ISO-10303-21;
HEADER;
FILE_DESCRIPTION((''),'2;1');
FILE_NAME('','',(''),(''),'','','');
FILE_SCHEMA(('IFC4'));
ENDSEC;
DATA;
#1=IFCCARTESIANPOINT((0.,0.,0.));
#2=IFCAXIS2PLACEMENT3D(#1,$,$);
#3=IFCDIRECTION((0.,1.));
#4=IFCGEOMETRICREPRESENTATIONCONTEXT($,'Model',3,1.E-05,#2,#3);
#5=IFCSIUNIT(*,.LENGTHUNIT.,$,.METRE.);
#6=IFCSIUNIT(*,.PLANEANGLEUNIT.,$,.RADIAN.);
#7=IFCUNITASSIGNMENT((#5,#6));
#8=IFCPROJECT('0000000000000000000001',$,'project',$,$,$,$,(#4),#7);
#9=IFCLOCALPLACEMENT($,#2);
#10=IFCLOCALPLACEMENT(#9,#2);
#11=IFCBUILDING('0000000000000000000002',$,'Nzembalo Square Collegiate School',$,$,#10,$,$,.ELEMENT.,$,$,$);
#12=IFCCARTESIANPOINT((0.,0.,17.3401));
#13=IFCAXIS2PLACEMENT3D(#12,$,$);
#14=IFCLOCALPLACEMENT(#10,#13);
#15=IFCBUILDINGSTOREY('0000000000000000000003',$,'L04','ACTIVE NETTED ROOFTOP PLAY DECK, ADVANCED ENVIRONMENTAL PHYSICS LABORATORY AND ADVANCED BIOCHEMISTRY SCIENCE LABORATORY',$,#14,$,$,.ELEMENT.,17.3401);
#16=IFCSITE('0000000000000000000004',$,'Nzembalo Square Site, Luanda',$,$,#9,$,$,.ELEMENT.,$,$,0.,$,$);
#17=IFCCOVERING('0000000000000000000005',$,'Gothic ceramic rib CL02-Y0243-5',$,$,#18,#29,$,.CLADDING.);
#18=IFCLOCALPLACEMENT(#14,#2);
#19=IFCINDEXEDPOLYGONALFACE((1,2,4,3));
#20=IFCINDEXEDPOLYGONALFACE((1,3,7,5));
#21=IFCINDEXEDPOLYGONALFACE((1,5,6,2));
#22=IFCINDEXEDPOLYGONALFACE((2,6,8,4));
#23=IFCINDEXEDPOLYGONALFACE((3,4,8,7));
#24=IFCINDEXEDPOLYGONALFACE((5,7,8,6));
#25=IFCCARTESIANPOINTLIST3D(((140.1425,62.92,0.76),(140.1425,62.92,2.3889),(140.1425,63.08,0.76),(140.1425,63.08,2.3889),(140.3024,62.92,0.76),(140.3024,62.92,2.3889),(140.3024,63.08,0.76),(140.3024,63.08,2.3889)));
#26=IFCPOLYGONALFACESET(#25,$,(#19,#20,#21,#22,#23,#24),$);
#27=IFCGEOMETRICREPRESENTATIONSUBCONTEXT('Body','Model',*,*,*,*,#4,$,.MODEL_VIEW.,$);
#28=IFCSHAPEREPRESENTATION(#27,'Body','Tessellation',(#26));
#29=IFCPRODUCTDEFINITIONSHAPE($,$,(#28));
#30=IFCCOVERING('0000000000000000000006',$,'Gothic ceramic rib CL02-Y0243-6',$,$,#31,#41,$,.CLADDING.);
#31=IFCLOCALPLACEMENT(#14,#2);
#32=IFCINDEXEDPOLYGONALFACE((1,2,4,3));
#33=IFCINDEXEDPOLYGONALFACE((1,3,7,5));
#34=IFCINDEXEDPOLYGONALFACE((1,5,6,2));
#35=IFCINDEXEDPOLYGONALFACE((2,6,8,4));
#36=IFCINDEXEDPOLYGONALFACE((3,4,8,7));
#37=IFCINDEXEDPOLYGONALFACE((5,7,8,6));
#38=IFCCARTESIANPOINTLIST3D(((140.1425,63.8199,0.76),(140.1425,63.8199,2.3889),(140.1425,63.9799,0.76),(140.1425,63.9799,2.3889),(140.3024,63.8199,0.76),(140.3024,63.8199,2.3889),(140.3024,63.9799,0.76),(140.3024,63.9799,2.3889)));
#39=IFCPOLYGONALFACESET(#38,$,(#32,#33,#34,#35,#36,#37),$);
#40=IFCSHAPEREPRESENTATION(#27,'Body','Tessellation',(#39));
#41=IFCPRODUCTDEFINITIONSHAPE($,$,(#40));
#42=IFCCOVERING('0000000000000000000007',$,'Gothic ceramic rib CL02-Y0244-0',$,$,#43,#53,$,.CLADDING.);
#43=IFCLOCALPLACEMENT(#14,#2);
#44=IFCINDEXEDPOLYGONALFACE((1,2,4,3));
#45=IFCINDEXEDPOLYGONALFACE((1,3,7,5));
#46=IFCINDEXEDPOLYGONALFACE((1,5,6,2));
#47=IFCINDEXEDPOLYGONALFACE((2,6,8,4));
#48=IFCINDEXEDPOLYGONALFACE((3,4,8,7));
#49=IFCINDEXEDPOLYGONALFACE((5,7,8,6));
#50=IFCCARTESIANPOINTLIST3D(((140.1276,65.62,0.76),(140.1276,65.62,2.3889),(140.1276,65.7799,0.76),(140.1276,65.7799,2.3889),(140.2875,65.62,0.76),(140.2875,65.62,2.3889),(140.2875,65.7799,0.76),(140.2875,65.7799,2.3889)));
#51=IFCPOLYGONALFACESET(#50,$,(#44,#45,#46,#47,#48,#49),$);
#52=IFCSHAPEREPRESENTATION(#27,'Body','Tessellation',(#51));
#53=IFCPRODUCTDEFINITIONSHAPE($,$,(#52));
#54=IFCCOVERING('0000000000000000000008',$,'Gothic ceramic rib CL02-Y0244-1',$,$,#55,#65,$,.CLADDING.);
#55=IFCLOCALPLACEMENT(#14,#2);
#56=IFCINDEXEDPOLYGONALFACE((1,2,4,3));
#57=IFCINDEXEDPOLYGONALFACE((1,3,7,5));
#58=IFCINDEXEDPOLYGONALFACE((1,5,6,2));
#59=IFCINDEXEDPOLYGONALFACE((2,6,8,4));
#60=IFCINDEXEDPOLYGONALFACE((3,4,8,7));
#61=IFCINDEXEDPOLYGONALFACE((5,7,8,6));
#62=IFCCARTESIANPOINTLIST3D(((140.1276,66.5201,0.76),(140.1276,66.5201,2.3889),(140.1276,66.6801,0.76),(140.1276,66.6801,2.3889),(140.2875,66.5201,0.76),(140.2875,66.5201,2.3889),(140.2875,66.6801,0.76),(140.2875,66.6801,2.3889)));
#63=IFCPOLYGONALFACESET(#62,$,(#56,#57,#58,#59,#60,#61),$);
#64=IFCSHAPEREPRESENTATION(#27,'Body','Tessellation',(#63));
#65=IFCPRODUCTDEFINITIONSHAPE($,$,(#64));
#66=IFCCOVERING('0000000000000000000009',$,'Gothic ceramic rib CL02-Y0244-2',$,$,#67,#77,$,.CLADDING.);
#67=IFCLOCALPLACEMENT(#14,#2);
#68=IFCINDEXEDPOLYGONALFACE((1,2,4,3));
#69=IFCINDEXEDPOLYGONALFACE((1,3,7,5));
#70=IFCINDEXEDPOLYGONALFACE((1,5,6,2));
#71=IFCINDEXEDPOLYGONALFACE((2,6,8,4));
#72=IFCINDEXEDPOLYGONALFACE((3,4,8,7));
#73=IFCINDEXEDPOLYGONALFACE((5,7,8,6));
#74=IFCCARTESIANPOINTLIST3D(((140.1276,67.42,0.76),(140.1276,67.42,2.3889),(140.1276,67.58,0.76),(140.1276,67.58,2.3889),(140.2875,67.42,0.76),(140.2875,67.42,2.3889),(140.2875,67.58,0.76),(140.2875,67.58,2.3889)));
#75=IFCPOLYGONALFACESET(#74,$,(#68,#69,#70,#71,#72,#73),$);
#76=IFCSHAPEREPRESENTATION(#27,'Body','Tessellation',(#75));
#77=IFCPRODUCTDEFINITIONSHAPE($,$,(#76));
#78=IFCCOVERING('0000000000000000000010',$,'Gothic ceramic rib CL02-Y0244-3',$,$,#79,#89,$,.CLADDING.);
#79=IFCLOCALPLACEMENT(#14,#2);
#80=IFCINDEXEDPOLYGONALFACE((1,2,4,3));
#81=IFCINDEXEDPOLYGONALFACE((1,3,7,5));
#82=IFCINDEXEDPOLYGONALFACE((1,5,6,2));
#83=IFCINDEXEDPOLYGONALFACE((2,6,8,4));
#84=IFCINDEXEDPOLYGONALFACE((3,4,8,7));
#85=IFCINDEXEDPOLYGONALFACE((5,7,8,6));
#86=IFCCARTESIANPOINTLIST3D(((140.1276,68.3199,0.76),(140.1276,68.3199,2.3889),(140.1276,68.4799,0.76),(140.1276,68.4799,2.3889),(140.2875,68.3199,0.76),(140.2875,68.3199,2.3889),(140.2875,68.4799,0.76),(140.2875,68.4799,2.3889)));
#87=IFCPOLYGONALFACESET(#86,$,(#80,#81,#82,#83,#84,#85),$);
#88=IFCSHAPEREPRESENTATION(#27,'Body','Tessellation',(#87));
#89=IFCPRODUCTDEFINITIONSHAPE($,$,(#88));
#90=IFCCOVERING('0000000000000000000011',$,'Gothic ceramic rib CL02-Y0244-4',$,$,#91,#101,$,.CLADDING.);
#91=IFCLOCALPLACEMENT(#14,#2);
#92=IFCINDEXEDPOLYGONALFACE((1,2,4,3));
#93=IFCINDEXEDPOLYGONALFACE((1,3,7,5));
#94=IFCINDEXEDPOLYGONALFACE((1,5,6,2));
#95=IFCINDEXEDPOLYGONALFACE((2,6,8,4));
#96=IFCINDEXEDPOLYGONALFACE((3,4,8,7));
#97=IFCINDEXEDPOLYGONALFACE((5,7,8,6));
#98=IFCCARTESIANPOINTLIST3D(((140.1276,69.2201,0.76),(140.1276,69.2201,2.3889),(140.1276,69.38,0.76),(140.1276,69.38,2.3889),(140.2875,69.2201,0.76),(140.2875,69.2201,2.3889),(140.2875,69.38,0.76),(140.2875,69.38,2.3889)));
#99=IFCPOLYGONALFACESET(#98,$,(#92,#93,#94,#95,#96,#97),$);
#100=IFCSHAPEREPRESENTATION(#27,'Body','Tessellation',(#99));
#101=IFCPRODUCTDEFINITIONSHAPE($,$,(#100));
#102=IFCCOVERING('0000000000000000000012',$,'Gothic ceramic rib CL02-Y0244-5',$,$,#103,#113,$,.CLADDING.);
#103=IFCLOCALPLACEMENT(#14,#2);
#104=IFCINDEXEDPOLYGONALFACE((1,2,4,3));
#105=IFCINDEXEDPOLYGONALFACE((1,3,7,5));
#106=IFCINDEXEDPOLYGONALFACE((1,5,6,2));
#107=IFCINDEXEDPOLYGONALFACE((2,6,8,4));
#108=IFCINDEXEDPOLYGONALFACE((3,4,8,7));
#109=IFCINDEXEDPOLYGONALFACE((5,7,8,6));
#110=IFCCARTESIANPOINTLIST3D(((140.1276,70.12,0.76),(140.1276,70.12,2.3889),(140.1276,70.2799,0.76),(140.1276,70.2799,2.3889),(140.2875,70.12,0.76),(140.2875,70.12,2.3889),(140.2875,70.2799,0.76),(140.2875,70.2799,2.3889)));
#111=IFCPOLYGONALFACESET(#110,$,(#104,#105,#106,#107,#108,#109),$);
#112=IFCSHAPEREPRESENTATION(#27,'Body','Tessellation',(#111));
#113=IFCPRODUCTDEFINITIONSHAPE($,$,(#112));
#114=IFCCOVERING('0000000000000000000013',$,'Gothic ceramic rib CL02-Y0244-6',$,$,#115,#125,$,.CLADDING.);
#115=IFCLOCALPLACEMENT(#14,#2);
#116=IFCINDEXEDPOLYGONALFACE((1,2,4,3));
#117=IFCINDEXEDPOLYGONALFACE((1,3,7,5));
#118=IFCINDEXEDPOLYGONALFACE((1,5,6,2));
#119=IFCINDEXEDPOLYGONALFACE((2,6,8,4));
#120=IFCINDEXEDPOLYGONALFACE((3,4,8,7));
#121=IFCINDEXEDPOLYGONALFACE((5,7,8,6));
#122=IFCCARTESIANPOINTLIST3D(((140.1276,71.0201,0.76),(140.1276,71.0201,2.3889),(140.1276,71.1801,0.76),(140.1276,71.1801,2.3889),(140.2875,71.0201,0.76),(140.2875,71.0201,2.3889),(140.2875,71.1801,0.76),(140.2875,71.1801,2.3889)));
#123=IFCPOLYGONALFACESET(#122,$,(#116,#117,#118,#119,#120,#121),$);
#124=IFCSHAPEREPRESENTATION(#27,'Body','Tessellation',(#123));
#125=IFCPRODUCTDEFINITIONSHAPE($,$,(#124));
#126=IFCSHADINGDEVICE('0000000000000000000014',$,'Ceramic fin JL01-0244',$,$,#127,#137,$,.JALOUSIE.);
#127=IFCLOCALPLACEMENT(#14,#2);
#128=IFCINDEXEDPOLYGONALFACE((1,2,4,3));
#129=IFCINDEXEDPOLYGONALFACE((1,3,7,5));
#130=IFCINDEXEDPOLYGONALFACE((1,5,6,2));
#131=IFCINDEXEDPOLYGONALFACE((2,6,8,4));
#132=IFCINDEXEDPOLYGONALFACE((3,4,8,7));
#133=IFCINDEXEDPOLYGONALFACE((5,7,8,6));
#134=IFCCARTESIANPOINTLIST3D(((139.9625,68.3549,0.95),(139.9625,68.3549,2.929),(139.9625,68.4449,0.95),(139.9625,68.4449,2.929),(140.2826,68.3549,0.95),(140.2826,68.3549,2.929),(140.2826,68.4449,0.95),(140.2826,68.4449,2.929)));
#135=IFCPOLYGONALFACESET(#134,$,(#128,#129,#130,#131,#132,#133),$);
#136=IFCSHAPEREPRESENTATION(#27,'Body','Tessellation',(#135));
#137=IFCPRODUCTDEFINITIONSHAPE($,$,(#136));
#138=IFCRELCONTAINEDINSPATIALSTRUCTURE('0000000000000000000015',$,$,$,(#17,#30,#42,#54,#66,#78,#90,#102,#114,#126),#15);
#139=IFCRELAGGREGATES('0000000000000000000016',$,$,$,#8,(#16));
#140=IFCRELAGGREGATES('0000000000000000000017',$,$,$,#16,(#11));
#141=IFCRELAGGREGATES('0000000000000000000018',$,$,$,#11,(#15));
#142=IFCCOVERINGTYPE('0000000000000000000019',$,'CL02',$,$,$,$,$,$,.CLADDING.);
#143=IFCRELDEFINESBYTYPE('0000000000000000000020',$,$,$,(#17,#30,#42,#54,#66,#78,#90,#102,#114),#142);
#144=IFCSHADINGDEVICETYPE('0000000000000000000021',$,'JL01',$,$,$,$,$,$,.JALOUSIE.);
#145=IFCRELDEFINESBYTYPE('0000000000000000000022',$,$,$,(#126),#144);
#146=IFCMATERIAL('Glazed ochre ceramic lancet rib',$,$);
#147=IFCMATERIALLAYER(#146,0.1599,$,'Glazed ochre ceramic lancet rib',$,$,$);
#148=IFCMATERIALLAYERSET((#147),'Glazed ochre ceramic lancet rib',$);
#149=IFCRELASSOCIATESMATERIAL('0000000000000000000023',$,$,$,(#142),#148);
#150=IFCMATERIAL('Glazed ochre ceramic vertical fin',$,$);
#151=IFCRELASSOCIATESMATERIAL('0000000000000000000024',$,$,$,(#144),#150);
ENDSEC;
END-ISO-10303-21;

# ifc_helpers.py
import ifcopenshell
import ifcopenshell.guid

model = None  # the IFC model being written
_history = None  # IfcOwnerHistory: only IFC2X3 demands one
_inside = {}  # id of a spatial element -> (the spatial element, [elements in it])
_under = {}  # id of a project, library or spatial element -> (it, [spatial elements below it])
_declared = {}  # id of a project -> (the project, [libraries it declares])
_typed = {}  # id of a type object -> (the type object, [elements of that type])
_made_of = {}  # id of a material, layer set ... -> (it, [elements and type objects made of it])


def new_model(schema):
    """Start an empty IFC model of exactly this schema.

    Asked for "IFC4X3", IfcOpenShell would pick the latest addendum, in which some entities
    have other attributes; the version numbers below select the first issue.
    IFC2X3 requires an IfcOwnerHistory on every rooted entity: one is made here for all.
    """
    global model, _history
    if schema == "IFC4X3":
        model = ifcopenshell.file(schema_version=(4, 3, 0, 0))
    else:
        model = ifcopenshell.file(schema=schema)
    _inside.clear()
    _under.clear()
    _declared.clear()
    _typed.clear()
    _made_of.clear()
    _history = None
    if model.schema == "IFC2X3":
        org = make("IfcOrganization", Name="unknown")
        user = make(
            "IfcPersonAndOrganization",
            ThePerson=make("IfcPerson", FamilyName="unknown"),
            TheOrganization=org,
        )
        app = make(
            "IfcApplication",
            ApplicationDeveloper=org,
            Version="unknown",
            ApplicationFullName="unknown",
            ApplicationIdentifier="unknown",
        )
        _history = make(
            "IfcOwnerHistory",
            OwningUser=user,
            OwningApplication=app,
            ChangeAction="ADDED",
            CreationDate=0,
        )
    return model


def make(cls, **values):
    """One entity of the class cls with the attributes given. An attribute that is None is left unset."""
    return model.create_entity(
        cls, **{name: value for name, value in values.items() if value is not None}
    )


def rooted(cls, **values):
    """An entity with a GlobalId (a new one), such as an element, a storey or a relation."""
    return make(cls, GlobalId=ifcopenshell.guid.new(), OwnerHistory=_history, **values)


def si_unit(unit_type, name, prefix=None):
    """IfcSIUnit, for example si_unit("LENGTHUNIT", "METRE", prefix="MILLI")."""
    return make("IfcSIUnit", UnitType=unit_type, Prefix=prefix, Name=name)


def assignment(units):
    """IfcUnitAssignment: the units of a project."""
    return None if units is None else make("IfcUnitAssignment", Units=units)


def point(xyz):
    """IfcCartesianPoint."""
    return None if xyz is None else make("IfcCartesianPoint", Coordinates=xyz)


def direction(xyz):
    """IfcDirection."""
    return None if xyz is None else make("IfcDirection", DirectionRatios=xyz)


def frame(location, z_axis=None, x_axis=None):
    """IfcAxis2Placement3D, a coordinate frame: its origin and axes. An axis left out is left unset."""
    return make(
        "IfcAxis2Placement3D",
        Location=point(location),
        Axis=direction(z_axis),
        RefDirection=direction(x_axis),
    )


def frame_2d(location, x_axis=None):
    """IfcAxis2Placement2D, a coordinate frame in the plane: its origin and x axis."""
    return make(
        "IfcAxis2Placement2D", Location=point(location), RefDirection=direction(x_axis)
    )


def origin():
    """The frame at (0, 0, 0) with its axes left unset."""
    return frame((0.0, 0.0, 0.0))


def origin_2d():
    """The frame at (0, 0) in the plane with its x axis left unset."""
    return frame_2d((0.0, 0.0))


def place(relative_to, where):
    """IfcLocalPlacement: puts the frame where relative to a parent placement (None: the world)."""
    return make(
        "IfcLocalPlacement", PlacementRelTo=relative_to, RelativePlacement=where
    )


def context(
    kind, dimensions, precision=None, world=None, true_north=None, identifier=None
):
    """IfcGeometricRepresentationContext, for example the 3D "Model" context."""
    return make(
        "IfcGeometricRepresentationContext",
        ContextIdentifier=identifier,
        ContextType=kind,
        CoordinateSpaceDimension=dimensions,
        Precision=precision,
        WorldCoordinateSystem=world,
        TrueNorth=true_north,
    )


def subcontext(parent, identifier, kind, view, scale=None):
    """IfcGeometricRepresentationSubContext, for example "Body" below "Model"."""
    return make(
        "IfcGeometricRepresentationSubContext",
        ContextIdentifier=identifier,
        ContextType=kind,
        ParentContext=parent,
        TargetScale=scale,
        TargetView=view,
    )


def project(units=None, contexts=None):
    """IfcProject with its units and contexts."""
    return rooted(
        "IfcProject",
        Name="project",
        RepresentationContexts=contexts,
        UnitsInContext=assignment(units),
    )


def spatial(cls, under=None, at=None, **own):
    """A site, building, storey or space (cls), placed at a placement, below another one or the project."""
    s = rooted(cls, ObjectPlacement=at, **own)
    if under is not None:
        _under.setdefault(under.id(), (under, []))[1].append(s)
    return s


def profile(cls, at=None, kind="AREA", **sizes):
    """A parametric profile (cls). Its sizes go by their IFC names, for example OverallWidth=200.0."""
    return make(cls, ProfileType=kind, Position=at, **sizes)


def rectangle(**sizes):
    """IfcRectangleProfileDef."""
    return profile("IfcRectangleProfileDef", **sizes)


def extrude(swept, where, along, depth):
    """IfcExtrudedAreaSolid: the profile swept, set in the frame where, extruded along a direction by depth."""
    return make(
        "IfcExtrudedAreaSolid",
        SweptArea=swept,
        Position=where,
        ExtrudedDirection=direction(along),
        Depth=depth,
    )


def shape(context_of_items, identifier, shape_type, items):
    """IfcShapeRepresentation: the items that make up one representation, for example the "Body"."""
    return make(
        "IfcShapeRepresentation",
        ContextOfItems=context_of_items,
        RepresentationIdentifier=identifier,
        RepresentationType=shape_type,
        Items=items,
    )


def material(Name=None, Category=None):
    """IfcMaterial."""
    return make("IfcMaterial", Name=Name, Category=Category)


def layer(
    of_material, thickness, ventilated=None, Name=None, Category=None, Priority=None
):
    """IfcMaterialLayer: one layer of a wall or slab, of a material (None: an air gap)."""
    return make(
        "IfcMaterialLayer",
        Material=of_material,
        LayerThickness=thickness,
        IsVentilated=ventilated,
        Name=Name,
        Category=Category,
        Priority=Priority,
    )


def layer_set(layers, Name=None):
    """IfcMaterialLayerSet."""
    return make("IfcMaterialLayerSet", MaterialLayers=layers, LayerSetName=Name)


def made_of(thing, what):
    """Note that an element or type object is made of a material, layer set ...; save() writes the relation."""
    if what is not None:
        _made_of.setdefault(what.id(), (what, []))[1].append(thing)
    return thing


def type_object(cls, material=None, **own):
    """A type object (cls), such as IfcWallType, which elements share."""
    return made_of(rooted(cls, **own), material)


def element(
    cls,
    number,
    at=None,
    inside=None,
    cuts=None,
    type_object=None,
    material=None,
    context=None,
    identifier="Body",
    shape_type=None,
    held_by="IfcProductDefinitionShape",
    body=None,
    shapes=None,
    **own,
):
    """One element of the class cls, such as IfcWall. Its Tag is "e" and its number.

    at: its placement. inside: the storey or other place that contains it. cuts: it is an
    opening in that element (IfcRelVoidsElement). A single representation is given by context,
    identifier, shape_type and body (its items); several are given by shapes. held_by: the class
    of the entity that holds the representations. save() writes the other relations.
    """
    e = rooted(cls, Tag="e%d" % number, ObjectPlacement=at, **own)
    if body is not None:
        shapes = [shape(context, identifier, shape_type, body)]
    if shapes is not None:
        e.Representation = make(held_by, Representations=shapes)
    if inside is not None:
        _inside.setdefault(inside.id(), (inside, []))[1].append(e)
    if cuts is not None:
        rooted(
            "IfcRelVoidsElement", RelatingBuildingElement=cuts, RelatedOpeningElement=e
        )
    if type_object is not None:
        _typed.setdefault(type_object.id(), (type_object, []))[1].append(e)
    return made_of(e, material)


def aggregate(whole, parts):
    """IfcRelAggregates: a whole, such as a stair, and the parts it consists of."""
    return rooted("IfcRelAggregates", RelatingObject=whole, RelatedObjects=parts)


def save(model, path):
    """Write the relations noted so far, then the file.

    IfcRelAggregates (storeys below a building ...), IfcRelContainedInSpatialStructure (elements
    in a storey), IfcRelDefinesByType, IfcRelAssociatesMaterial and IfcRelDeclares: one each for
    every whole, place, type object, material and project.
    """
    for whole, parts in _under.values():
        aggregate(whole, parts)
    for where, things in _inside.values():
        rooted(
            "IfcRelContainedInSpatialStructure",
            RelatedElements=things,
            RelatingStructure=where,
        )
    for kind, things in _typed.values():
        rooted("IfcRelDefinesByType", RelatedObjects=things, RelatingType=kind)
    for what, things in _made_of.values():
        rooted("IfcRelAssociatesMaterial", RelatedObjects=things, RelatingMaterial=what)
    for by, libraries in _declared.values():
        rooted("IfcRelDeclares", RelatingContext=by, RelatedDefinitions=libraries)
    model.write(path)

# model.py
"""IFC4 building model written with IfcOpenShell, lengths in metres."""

from ifc_helpers import new_model, si_unit, direction, frame, origin, origin_2d, place, context, subcontext, project, spatial, rectangle, extrude, material, layer, layer_set, type_object, element, save


model = new_model("IFC4")

# Units and contexts
model_context = context("Model", 3, precision=1e-05, world=origin(), true_north=direction((0.0, 1.0)))
body_context = subcontext(model_context, "Body", "Model", "MODEL_VIEW")
ifc_project = project(units=[si_unit("LENGTHUNIT", "METRE"), si_unit("PLANEANGLEUNIT", "RADIAN")], contexts=[model_context])

# Site, building, storey
site_placement = place(None, origin())
site = spatial("IfcSite", under=ifc_project, at=site_placement, Name="Nzembalo Square Site, Luanda", CompositionType="ELEMENT", RefElevation=0.0)
building_placement = place(site_placement, origin())
building = spatial("IfcBuilding", under=site, at=building_placement, Name="Nzembalo Square Collegiate School", CompositionType="ELEMENT")
storey_placement = place(building_placement, frame((0.0, 0.0, 17.3401)))
storey = spatial("IfcBuildingStorey", under=building, at=storey_placement, Name="L04", Description="ACTIVE NETTED ROOFTOP PLAY DECK, ADVANCED ENVIRONMENTAL PHYSICS LABORATORY AND ADVANCED BIOCHEMISTRY SCIENCE LABORATORY", CompositionType="ELEMENT", Elevation=17.3401)

# Coverings
ifc_material_1 = material(Name="Glazed ochre ceramic lancet rib")
ifc_layer_1 = layer(ifc_material_1, 0.1599, Name="Glazed ochre ceramic lancet rib")
ifc_layer_set_1 = layer_set([ifc_layer_1], Name="Glazed ochre ceramic lancet rib")
covering_type_1 = type_object("IfcCoveringType", Name="CL02", PredefinedType="CLADDING", material=ifc_layer_set_1)
for number, where, z_axis, x_axis, name in (
    (1, (140.2224, 63.0, 0.76), (0.0, 0.0, 1.0), (1.0, 0.0, 0.0), "Gothic ceramic rib CL02-Y0243-5"),
    (2, (140.2224, 63.8999, 0.76), (0.0, 0.0, 1.0), (1.0, 0.0, 0.0), "Gothic ceramic rib CL02-Y0243-6"),
    (3, (140.2075, 65.7, 0.76), (0.0, 0.0, 1.0), (1.0, 0.0, 0.0), "Gothic ceramic rib CL02-Y0244-0"),
    (4, (140.2075, 66.6001, 0.76), (0.0, 0.0, 1.0), (1.0, 0.0, 0.0), "Gothic ceramic rib CL02-Y0244-1"),
    (5, (140.2075, 67.5, 0.76), (0.0, 0.0, 1.0), (1.0, 0.0, 0.0), "Gothic ceramic rib CL02-Y0244-2"),
    (6, (140.2075, 68.3999, 0.76), (0.0, 0.0, 1.0), (1.0, 0.0, 0.0), "Gothic ceramic rib CL02-Y0244-3"),
    (7, (140.2075, 69.3, 0.76), (0.0, 0.0, 1.0), (1.0, 0.0, 0.0), "Gothic ceramic rib CL02-Y0244-4"),
    (8, (140.2075, 70.2, 0.76), (0.0, 0.0, 1.0), (1.0, 0.0, 0.0), "Gothic ceramic rib CL02-Y0244-5"),
    (9, (140.2075, 71.1001, 0.76), (0.0, 0.0, 1.0), (1.0, 0.0, 0.0), "Gothic ceramic rib CL02-Y0244-6"),
):
    element("IfcCovering", number, at=place(storey_placement, frame(where, z_axis=z_axis, x_axis=x_axis)), inside=storey, type_object=covering_type_1, Name=name, PredefinedType="CLADDING", context=body_context, shape_type="SweptSolid", body=[
        extrude(rectangle(XDim=0.1599, YDim=0.1599, at=origin_2d()), origin(), (0.0, 0.0, 1.0), 1.6289),
    ])

# Shading device
ifc_material_2 = material(Name="Glazed ochre ceramic vertical fin")
shading_device_type = type_object("IfcShadingDeviceType", Name="JL01", PredefinedType="JALOUSIE", material=ifc_material_2)
shading_device_placement = place(storey_placement, frame((140.1226, 68.3999, 0.95), z_axis=(0.0, 0.0, 1.0), x_axis=(1.0, 0.0, 0.0)))
element("IfcShadingDevice", 10, at=shading_device_placement, inside=storey, type_object=shading_device_type, Name="Ceramic fin JL01-0244", PredefinedType="JALOUSIE", context=body_context, shape_type="SweptSolid", body=[
    extrude(rectangle(XDim=0.3201, YDim=0.0901, at=origin_2d()), origin(), (0.0, 0.0, 1.0), 1.979),
])

save(model, "model.ifc")
